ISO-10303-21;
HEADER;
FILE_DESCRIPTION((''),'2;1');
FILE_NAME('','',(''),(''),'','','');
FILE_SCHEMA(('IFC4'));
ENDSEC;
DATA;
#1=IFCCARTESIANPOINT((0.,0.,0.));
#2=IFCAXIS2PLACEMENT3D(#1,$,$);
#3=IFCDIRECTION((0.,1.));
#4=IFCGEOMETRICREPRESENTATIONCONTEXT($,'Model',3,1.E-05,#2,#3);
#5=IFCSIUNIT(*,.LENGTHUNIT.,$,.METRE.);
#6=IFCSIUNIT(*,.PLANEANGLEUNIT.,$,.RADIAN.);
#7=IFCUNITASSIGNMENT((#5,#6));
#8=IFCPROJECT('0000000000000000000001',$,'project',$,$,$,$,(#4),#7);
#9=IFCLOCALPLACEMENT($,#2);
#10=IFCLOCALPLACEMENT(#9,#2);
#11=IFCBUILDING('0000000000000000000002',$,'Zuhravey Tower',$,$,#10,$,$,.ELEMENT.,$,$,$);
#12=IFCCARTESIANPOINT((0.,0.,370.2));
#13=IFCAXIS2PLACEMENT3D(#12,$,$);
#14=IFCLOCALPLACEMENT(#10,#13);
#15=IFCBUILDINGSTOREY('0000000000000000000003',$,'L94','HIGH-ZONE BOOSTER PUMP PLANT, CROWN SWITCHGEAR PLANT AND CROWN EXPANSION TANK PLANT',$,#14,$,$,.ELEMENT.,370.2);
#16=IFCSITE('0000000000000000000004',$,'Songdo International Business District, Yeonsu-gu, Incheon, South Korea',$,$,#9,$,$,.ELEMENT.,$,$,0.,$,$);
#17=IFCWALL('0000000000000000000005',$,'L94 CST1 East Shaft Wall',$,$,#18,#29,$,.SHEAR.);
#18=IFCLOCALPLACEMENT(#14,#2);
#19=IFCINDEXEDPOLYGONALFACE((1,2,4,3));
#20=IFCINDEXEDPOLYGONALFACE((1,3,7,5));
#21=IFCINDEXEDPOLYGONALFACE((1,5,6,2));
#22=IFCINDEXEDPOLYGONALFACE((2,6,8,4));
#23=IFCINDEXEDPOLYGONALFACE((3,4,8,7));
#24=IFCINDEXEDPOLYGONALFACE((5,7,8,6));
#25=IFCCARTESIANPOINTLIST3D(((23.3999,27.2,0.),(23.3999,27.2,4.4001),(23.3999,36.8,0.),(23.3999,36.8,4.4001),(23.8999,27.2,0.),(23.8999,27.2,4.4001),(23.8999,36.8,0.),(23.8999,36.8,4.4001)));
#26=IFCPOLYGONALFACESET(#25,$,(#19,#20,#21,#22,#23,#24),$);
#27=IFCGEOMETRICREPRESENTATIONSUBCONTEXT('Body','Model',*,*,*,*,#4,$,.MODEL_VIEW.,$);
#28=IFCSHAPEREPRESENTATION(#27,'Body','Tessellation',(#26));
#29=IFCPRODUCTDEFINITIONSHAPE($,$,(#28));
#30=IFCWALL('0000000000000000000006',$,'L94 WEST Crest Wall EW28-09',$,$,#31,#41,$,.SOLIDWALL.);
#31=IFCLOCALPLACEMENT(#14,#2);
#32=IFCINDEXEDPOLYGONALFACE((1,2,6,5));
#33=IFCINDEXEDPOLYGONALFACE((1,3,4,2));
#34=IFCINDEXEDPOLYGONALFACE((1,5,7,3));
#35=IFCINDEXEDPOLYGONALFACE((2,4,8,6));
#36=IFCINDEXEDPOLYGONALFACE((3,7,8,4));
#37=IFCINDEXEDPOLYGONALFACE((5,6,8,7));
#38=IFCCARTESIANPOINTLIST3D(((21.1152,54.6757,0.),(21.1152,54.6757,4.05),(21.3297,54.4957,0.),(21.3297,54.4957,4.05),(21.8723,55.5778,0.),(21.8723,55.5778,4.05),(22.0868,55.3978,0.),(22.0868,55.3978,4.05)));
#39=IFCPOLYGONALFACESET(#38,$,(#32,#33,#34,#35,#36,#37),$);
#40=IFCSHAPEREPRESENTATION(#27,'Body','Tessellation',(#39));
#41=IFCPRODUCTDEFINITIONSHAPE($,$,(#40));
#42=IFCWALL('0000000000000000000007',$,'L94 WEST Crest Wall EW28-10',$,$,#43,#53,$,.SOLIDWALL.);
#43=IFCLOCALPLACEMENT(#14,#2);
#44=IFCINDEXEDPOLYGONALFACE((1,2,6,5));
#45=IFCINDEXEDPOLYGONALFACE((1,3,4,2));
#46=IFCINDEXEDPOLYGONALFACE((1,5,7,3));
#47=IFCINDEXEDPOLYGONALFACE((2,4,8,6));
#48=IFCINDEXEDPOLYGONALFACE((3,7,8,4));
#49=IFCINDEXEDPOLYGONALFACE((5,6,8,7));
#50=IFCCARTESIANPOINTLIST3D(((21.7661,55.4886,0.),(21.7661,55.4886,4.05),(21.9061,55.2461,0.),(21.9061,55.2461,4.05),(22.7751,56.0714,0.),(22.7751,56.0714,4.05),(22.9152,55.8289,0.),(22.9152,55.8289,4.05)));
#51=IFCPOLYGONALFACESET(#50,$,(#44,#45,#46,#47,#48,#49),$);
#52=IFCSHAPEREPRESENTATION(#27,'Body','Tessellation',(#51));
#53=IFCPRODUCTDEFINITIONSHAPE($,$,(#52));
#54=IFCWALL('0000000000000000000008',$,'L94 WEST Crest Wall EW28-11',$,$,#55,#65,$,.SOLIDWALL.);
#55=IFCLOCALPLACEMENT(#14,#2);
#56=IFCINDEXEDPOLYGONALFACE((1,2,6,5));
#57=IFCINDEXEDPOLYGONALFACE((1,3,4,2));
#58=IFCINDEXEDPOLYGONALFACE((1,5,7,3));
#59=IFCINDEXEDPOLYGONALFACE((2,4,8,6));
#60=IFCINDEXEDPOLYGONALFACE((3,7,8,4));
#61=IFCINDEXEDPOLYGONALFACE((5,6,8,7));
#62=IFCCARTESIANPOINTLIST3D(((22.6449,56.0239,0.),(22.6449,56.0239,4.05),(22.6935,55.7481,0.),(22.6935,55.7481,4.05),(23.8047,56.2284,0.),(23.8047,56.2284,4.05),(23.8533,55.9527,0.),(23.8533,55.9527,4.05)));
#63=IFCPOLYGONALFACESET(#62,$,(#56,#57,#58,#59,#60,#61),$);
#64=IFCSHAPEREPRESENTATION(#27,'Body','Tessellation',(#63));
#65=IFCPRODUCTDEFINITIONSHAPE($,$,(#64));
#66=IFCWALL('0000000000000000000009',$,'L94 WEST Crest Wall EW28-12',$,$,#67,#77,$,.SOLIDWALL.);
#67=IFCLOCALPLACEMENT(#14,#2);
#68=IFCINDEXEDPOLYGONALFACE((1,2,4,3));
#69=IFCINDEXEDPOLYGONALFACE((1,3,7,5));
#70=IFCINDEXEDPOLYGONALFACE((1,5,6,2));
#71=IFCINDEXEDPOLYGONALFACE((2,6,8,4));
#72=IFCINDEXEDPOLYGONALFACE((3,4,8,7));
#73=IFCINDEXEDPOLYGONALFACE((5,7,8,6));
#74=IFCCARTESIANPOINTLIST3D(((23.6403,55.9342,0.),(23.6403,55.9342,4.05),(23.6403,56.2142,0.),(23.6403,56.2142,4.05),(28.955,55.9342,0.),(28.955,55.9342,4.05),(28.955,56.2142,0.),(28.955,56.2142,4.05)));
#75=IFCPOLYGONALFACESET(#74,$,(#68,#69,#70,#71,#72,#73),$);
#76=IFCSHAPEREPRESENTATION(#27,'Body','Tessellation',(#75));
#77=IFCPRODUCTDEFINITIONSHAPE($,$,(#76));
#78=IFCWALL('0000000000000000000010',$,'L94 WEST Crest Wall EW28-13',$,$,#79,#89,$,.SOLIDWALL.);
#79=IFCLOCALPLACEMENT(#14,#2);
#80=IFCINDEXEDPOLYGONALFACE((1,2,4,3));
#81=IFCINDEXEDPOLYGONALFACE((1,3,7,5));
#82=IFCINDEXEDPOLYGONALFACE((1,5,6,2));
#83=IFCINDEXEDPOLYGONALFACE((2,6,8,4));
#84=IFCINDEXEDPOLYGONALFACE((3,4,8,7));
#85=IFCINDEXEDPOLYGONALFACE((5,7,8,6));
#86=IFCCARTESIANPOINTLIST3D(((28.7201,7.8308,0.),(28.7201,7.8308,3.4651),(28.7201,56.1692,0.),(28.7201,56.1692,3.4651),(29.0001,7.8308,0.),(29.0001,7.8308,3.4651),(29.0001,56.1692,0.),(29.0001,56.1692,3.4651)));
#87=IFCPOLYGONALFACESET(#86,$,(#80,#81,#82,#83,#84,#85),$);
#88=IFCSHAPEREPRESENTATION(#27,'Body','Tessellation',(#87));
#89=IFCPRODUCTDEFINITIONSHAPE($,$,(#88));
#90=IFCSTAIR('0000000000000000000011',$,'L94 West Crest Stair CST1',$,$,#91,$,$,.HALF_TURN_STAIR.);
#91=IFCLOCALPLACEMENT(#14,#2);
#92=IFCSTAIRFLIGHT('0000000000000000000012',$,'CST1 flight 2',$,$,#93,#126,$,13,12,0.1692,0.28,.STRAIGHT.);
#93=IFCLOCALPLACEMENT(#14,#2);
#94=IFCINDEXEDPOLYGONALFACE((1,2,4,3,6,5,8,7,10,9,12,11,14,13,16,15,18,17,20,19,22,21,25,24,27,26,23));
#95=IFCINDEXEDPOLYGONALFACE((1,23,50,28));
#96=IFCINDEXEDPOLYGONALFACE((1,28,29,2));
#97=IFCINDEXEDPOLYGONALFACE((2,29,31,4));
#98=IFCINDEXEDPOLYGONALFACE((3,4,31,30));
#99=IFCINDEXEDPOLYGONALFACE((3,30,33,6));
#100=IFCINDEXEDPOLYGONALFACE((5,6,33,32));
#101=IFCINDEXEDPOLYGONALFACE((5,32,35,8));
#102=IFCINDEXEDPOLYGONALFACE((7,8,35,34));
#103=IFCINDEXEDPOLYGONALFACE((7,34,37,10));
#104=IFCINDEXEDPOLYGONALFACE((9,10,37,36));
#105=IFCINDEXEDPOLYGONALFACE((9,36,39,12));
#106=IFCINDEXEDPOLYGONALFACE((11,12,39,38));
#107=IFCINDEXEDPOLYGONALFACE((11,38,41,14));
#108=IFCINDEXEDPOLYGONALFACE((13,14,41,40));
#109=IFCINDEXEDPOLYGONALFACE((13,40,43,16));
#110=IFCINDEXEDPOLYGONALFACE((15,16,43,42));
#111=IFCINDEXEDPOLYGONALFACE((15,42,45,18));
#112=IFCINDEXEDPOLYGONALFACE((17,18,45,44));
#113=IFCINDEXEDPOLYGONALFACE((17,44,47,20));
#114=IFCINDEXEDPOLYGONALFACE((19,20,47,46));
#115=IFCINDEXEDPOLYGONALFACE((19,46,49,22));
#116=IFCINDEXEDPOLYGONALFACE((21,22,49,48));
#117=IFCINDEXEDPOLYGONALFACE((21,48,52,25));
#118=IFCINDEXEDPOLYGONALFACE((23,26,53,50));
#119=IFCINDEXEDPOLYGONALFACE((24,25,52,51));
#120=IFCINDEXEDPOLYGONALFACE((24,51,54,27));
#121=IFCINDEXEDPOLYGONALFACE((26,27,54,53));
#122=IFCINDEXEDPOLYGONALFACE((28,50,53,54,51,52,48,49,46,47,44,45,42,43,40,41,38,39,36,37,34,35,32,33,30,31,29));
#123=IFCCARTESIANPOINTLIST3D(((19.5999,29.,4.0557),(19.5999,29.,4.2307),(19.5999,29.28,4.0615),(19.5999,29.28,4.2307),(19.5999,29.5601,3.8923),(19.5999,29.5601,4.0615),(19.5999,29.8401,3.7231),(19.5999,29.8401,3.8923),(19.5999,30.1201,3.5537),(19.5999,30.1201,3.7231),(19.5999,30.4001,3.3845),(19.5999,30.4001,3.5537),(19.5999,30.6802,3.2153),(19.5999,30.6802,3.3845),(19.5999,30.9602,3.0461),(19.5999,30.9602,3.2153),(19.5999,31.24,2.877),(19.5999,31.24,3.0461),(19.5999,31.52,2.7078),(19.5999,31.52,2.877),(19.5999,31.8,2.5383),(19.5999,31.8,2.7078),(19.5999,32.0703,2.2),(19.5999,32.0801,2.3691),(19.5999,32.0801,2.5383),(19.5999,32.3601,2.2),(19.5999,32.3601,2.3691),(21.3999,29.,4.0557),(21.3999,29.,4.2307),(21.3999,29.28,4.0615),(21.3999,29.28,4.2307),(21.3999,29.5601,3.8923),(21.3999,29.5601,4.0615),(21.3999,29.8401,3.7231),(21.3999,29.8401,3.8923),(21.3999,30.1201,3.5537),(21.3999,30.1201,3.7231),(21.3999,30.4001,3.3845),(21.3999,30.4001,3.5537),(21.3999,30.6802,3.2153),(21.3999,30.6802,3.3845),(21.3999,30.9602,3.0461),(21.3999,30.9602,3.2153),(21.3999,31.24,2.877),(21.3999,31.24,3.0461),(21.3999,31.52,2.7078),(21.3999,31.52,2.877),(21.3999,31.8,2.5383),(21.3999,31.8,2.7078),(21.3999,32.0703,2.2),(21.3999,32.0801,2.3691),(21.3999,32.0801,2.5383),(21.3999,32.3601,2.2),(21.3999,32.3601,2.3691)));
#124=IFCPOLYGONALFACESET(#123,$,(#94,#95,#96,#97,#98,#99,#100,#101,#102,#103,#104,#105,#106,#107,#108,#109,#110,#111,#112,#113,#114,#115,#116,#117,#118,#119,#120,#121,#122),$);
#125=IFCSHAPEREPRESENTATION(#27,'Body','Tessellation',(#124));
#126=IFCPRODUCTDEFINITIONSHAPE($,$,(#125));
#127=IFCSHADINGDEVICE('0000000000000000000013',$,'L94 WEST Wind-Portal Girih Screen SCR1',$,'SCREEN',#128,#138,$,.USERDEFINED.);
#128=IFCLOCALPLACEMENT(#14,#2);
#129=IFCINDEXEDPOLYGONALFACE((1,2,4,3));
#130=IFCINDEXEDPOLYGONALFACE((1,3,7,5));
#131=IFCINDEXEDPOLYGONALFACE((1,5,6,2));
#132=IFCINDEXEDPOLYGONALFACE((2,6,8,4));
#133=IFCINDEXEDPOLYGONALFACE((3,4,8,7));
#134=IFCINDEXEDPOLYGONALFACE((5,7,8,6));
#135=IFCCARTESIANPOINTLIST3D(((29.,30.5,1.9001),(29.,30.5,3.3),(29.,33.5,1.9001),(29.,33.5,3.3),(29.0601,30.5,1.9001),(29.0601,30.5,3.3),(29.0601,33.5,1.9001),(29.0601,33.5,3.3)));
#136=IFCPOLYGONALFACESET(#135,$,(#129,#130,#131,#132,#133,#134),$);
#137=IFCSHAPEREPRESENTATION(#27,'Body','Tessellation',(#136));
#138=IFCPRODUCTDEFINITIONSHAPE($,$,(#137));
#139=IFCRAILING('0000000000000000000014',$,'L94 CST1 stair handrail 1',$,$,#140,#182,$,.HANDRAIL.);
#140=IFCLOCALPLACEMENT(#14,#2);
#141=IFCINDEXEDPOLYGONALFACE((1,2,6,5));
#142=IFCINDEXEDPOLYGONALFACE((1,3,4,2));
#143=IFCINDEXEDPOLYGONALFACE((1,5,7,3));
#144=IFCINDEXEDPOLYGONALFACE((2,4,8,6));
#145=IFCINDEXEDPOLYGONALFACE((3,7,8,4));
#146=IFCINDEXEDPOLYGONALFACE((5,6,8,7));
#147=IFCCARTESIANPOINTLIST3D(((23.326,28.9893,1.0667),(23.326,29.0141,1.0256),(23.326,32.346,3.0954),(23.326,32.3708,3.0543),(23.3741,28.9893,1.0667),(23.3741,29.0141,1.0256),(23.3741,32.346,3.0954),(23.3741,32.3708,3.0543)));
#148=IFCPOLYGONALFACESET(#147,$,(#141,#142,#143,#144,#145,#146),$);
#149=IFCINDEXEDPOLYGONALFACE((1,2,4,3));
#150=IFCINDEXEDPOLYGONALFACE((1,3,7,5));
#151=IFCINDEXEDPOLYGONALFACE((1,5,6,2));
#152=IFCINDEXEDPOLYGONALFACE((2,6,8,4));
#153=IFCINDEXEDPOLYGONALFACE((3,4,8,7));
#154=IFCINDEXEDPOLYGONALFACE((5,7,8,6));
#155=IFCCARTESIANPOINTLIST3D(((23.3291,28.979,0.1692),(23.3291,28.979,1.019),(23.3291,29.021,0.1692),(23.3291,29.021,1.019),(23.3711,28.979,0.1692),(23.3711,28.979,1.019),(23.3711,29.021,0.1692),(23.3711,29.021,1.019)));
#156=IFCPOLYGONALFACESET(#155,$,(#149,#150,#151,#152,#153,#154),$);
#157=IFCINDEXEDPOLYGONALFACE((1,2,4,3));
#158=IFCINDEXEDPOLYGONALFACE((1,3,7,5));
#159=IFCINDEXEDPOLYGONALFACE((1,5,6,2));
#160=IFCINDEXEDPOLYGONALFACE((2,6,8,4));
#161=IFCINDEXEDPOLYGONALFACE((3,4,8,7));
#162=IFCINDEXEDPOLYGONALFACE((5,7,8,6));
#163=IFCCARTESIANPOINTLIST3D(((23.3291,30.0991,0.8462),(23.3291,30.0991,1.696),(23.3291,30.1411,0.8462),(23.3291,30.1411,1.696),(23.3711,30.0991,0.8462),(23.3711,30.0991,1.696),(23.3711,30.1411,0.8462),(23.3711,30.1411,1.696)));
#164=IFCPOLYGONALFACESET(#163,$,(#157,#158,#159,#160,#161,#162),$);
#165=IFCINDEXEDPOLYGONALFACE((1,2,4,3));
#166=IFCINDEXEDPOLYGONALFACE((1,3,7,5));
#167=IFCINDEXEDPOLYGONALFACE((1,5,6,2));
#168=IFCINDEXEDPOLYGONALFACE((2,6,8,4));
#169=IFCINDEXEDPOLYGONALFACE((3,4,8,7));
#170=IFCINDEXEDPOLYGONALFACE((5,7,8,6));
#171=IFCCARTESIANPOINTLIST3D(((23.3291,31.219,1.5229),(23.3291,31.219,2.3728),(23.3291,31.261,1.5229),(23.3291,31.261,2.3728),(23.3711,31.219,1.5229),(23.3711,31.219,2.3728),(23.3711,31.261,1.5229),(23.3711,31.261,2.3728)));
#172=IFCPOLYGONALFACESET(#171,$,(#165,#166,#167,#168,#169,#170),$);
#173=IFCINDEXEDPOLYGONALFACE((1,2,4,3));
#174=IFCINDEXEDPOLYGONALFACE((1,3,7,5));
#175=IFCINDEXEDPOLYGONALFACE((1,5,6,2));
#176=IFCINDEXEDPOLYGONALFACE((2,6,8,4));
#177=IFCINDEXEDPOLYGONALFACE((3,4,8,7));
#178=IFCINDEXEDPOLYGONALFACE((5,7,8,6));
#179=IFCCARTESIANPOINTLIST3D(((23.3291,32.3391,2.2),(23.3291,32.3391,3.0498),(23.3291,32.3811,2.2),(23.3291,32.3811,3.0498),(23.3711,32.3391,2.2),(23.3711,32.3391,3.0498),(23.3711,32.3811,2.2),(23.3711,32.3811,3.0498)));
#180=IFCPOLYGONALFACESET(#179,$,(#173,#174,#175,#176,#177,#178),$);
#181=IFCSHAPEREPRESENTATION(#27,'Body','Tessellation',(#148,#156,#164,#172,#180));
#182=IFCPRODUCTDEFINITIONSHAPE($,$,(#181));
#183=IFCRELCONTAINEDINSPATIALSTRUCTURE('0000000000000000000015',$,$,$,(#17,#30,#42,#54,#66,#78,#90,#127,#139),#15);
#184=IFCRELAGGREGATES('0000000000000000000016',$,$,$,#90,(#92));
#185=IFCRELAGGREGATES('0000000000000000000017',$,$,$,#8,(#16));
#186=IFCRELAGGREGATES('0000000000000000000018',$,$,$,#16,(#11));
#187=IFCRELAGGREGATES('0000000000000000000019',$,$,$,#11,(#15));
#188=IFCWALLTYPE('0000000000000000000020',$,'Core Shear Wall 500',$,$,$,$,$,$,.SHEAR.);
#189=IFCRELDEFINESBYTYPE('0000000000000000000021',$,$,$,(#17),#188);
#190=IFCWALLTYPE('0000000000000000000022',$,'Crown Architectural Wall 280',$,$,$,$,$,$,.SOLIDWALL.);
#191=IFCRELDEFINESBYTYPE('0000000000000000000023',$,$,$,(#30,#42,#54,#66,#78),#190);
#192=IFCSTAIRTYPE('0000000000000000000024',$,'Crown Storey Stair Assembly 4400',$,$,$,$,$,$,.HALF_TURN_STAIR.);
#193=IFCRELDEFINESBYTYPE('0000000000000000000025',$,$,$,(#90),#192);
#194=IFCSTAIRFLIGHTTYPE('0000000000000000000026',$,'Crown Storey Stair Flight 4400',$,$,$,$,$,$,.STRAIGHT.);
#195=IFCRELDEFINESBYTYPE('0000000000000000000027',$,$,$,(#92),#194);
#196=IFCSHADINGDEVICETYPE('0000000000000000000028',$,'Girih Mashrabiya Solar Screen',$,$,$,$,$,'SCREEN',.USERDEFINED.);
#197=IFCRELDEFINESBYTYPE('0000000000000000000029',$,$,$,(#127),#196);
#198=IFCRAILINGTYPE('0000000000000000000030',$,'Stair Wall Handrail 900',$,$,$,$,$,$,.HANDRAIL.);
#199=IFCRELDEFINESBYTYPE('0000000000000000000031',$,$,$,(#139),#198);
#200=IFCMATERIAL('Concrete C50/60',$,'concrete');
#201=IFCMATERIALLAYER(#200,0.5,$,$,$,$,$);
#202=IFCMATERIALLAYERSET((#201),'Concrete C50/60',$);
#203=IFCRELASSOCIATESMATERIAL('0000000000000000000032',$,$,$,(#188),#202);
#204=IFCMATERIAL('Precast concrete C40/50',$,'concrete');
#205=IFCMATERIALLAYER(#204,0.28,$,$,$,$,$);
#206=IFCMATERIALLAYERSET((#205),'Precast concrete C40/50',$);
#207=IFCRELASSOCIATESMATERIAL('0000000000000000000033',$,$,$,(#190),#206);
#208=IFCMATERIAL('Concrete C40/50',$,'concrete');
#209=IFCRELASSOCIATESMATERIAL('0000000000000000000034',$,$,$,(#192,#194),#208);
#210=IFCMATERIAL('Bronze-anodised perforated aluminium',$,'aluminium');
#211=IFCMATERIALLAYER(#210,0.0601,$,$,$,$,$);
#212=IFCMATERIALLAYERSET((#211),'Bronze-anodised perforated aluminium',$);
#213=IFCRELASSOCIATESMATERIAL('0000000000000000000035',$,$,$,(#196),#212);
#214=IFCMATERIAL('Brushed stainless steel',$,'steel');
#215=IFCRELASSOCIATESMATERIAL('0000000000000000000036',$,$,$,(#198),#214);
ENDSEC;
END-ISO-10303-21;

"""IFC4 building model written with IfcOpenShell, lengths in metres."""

from ifc_helpers import new_model, si_unit, direction, frame, frame_2d, origin, origin_2d, place, context, subcontext, project, spatial, polyline, rectangle, outline, extrude, material, layer, layer_set, type_object, element, aggregate, save


model = new_model("IFC4")

# Units and contexts
model_context = context("Model", 3, precision=1e-05, world=origin(), true_north=direction((0.0, 1.0)))
body_context = subcontext(model_context, "Body", "Model", "MODEL_VIEW")
ifc_project = project(units=[si_unit("LENGTHUNIT", "METRE"), si_unit("PLANEANGLEUNIT", "RADIAN")], contexts=[model_context])

# Site, building, storey
site_placement = place(None, origin())
site = spatial("IfcSite", under=ifc_project, at=site_placement, Name="Songdo International Business District, Yeonsu-gu, Incheon, South Korea", CompositionType="ELEMENT", RefElevation=0.0)
building_placement = place(site_placement, origin())
building = spatial("IfcBuilding", under=site, at=building_placement, Name="Zuhravey Tower", CompositionType="ELEMENT")
storey_placement = place(building_placement, frame((0.0, 0.0, 370.2)))
storey = spatial("IfcBuildingStorey", under=building, at=storey_placement, Name="L94", Description="HIGH-ZONE BOOSTER PUMP PLANT, CROWN SWITCHGEAR PLANT AND CROWN EXPANSION TANK PLANT", CompositionType="ELEMENT", Elevation=370.2)

# Walls
ifc_material_1 = material(Name="Concrete C50/60", Category="concrete")
ifc_layer_1 = layer(ifc_material_1, 0.5)
ifc_layer_set_1 = layer_set([ifc_layer_1], Name="Concrete C50/60")
wall_type_1 = type_object("IfcWallType", Name="Core Shear Wall 500", PredefinedType="SHEAR", material=ifc_layer_set_1)
wall_1_placement = place(storey_placement, frame((23.6499, 36.8, 0.0), z_axis=(0.0, 0.0, 1.0), x_axis=(0.0, -1.0, 0.0)))
element("IfcWall", 1, at=wall_1_placement, inside=storey, type_object=wall_type_1, Name="L94 CST1 East Shaft Wall", PredefinedType="SHEAR", context=body_context, shape_type="SweptSolid", body=[
    extrude(rectangle(XDim=9.6001, YDim=0.5, at=frame_2d((4.8, 0.0))), origin(), (0.0, 0.0, 1.0), 4.4001),
])
ifc_material_2 = material(Name="Precast concrete C40/50", Category="concrete")
ifc_layer_2 = layer(ifc_material_2, 0.28)
ifc_layer_set_2 = layer_set([ifc_layer_2], Name="Precast concrete C40/50")
wall_type_2 = type_object("IfcWallType", Name="Crown Architectural Wall 280", PredefinedType="SOLIDWALL", material=ifc_layer_set_2)
wall_2_placement = place(storey_placement, frame((21.2224, 54.5857, 0.0), z_axis=(0.0, 0.0, 1.0), x_axis=(0.642852, 0.765991, 0.0)))
element("IfcWall", 2, at=wall_2_placement, inside=storey, type_object=wall_type_2, Name="L94 WEST Crest Wall EW28-09", PredefinedType="SOLIDWALL", context=body_context, shape_type="SweptSolid", body=[
    extrude(rectangle(XDim=1.1777, YDim=0.28, at=frame_2d((0.5889, 0.0))), origin(), (0.0, 0.0, 1.0), 4.05),
])
wall_3_placement = place(storey_placement, frame((21.8362, 55.3674, 0.0), z_axis=(0.0, 0.0, 1.0), x_axis=(0.865952, 0.500127, 0.0)))
element("IfcWall", 3, at=wall_3_placement, inside=storey, type_object=wall_type_2, Name="L94 WEST Crest Wall EW28-10", PredefinedType="SOLIDWALL", context=body_context, shape_type="SweptSolid", body=[
    extrude(rectangle(XDim=1.1653, YDim=0.28, at=frame_2d((0.5825, 0.0))), origin(), (0.0, 0.0, 1.0), 4.05),
])
wall_4_placement = place(storey_placement, frame((22.6692, 55.886, 0.0), z_axis=(0.0, 0.0, 1.0), x_axis=(0.984798, 0.173703, 0.0)))
element("IfcWall", 4, at=wall_4_placement, inside=storey, type_object=wall_type_2, Name="L94 WEST Crest Wall EW28-11", PredefinedType="SOLIDWALL", context=body_context, shape_type="SweptSolid", body=[
    extrude(rectangle(XDim=1.1777, YDim=0.28, at=frame_2d((0.5889, 0.0))), origin(), (0.0, 0.0, 1.0), 4.05),
])
wall_5_placement = place(storey_placement, frame((23.6404, 56.0742, 0.0), z_axis=(0.0, 0.0, 1.0), x_axis=(1.0, 0.0, 0.0)))
element("IfcWall", 5, at=wall_5_placement, inside=storey, type_object=wall_type_2, Name="L94 WEST Crest Wall EW28-12", PredefinedType="SOLIDWALL", context=body_context, shape_type="SweptSolid", body=[
    extrude(rectangle(XDim=5.3147, YDim=0.28, at=frame_2d((2.6572, 0.0))), origin(), (0.0, 0.0, 1.0), 4.05),
])
wall_6_placement = place(storey_placement, frame((28.8601, 56.1692, 0.0), z_axis=(0.0, 0.0, 1.0), x_axis=(0.0, -1.0, 0.0)))
element("IfcWall", 6, at=wall_6_placement, inside=storey, type_object=wall_type_2, Name="L94 WEST Crest Wall EW28-13", PredefinedType="SOLIDWALL", context=body_context, shape_type="SweptSolid", body=[
    extrude(rectangle(XDim=48.3384, YDim=0.28, at=frame_2d((24.1692, 0.0))), origin(), (0.0, 0.0, 1.0), 3.4651),
])

# Stair, stair flight
ifc_material_3 = material(Name="Concrete C40/50", Category="concrete")
stair_type = type_object("IfcStairType", Name="Crown Storey Stair Assembly 4400", PredefinedType="HALF_TURN_STAIR", material=ifc_material_3)
stair_placement = place(storey_placement, origin())
stair = element("IfcStair", 7, at=stair_placement, inside=storey, type_object=stair_type, Name="L94 West Crest Stair CST1", PredefinedType="HALF_TURN_STAIR")
stair_flight_type = type_object("IfcStairFlightType", Name="Crown Storey Stair Flight 4400", PredefinedType="STRAIGHT", material=ifc_material_3)
stair_flight_placement = place(storey_placement, frame((20.5, 32.3601, 2.2), z_axis=(0.0, 0.0, 1.0), x_axis=(0.0, -1.0, 0.0)))
stair_flight = element("IfcStairFlight", 8, at=stair_flight_placement, type_object=stair_flight_type, Name="CST1 flight 2", NumberOfRisers=13, NumberOfTreads=12, PredefinedType="STRAIGHT", RiserHeight=0.1692, TreadLength=0.28, context=body_context, shape_type="SweptSolid", body=[
    extrude(outline(polyline([(0.0, 0.0), (0.0, 0.1692), (0.28, 0.1692), (0.28, 0.3384), (0.5601, 0.3384), (0.5601, 0.5078), (0.8401, 0.5078), (0.8401, 0.677), (1.1201, 0.677), (1.1201, 0.8462), (1.3999, 0.8462), (1.3999, 1.0154), (1.6799, 1.0154), (1.6799, 1.1846), (1.96, 1.1846), (1.96, 1.3538), (2.24, 1.3538), (2.24, 1.5232), (2.52, 1.5232), (2.52, 1.6924), (2.8, 1.6924), (2.8, 1.8616), (3.0801, 1.8616), (3.0801, 2.0308), (3.3601, 2.0308), (3.3601, 2.2), (3.3601, 1.8557), (0.2898, 0.0), (0.0, 0.0)])), frame((0.0, 0.8999, 0.0), z_axis=(0.0, -1.0, 0.0), x_axis=(1.0, 0.0, 0.0)), (0.0, 0.0, 1.0), 1.8),
])
aggregate(stair, [stair_flight])

# Shading device
ifc_material_4 = material(Name="Bronze-anodised perforated aluminium", Category="aluminium")
ifc_layer_3 = layer(ifc_material_4, 0.0601)
ifc_layer_set_3 = layer_set([ifc_layer_3], Name="Bronze-anodised perforated aluminium")
shading_device_type = type_object("IfcShadingDeviceType", Name="Girih Mashrabiya Solar Screen", ElementType="SCREEN", PredefinedType="USERDEFINED", material=ifc_layer_set_3)
shading_device_placement = place(storey_placement, frame((29.03, 32.0, 1.9001), z_axis=(0.0, 0.0, 1.0), x_axis=(0.0, 1.0, 0.0)))
element("IfcShadingDevice", 9, at=shading_device_placement, inside=storey, type_object=shading_device_type, Name="L94 WEST Wind-Portal Girih Screen SCR1", ObjectType="SCREEN", PredefinedType="USERDEFINED", context=body_context, shape_type="SweptSolid", body=[
    extrude(rectangle(XDim=3.0, YDim=0.0601, at=origin_2d()), origin(), (0.0, 0.0, 1.0), 1.3999),
])

# Railing
ifc_material_5 = material(Name="Brushed stainless steel", Category="steel")
railing_type_1 = type_object("IfcRailingType", Name="Stair Wall Handrail 900", PredefinedType="HANDRAIL", material=ifc_material_5)
railing_1_placement = place(storey_placement, frame((23.3501, 29.0, 0.1692)))
element("IfcRailing", 10, at=railing_1_placement, inside=storey, type_object=railing_type_1, Name="L94 CST1 stair handrail 1", PredefinedType="HANDRAIL", context=body_context, shape_type="SweptSolid", body=[
    extrude(rectangle(XDim=0.0481, YDim=0.0481, at=origin_2d()), frame((0.0, 0.0017, 0.877), z_axis=(0.0, 0.855837, 0.517246), x_axis=(-1.0, 0.0, 0.0)), (0.0, 0.0, 1.0), 3.9221),
    extrude(rectangle(XDim=0.042, YDim=0.042, at=origin_2d()), origin(), (0.0, 0.0, 1.0), 0.8499),
    extrude(rectangle(XDim=0.042, YDim=0.042, at=origin_2d()), frame((0.0, 1.1201, 0.677)), (0.0, 0.0, 1.0), 0.8499),
    extrude(rectangle(XDim=0.042, YDim=0.042, at=origin_2d()), frame((0.0, 2.24, 1.3538)), (0.0, 0.0, 1.0), 0.8499),
    extrude(rectangle(XDim=0.042, YDim=0.042, at=origin_2d()), frame((0.0, 3.3601, 2.0308)), (0.0, 0.0, 1.0), 0.8499),
])

save(model, "model.ifc")
